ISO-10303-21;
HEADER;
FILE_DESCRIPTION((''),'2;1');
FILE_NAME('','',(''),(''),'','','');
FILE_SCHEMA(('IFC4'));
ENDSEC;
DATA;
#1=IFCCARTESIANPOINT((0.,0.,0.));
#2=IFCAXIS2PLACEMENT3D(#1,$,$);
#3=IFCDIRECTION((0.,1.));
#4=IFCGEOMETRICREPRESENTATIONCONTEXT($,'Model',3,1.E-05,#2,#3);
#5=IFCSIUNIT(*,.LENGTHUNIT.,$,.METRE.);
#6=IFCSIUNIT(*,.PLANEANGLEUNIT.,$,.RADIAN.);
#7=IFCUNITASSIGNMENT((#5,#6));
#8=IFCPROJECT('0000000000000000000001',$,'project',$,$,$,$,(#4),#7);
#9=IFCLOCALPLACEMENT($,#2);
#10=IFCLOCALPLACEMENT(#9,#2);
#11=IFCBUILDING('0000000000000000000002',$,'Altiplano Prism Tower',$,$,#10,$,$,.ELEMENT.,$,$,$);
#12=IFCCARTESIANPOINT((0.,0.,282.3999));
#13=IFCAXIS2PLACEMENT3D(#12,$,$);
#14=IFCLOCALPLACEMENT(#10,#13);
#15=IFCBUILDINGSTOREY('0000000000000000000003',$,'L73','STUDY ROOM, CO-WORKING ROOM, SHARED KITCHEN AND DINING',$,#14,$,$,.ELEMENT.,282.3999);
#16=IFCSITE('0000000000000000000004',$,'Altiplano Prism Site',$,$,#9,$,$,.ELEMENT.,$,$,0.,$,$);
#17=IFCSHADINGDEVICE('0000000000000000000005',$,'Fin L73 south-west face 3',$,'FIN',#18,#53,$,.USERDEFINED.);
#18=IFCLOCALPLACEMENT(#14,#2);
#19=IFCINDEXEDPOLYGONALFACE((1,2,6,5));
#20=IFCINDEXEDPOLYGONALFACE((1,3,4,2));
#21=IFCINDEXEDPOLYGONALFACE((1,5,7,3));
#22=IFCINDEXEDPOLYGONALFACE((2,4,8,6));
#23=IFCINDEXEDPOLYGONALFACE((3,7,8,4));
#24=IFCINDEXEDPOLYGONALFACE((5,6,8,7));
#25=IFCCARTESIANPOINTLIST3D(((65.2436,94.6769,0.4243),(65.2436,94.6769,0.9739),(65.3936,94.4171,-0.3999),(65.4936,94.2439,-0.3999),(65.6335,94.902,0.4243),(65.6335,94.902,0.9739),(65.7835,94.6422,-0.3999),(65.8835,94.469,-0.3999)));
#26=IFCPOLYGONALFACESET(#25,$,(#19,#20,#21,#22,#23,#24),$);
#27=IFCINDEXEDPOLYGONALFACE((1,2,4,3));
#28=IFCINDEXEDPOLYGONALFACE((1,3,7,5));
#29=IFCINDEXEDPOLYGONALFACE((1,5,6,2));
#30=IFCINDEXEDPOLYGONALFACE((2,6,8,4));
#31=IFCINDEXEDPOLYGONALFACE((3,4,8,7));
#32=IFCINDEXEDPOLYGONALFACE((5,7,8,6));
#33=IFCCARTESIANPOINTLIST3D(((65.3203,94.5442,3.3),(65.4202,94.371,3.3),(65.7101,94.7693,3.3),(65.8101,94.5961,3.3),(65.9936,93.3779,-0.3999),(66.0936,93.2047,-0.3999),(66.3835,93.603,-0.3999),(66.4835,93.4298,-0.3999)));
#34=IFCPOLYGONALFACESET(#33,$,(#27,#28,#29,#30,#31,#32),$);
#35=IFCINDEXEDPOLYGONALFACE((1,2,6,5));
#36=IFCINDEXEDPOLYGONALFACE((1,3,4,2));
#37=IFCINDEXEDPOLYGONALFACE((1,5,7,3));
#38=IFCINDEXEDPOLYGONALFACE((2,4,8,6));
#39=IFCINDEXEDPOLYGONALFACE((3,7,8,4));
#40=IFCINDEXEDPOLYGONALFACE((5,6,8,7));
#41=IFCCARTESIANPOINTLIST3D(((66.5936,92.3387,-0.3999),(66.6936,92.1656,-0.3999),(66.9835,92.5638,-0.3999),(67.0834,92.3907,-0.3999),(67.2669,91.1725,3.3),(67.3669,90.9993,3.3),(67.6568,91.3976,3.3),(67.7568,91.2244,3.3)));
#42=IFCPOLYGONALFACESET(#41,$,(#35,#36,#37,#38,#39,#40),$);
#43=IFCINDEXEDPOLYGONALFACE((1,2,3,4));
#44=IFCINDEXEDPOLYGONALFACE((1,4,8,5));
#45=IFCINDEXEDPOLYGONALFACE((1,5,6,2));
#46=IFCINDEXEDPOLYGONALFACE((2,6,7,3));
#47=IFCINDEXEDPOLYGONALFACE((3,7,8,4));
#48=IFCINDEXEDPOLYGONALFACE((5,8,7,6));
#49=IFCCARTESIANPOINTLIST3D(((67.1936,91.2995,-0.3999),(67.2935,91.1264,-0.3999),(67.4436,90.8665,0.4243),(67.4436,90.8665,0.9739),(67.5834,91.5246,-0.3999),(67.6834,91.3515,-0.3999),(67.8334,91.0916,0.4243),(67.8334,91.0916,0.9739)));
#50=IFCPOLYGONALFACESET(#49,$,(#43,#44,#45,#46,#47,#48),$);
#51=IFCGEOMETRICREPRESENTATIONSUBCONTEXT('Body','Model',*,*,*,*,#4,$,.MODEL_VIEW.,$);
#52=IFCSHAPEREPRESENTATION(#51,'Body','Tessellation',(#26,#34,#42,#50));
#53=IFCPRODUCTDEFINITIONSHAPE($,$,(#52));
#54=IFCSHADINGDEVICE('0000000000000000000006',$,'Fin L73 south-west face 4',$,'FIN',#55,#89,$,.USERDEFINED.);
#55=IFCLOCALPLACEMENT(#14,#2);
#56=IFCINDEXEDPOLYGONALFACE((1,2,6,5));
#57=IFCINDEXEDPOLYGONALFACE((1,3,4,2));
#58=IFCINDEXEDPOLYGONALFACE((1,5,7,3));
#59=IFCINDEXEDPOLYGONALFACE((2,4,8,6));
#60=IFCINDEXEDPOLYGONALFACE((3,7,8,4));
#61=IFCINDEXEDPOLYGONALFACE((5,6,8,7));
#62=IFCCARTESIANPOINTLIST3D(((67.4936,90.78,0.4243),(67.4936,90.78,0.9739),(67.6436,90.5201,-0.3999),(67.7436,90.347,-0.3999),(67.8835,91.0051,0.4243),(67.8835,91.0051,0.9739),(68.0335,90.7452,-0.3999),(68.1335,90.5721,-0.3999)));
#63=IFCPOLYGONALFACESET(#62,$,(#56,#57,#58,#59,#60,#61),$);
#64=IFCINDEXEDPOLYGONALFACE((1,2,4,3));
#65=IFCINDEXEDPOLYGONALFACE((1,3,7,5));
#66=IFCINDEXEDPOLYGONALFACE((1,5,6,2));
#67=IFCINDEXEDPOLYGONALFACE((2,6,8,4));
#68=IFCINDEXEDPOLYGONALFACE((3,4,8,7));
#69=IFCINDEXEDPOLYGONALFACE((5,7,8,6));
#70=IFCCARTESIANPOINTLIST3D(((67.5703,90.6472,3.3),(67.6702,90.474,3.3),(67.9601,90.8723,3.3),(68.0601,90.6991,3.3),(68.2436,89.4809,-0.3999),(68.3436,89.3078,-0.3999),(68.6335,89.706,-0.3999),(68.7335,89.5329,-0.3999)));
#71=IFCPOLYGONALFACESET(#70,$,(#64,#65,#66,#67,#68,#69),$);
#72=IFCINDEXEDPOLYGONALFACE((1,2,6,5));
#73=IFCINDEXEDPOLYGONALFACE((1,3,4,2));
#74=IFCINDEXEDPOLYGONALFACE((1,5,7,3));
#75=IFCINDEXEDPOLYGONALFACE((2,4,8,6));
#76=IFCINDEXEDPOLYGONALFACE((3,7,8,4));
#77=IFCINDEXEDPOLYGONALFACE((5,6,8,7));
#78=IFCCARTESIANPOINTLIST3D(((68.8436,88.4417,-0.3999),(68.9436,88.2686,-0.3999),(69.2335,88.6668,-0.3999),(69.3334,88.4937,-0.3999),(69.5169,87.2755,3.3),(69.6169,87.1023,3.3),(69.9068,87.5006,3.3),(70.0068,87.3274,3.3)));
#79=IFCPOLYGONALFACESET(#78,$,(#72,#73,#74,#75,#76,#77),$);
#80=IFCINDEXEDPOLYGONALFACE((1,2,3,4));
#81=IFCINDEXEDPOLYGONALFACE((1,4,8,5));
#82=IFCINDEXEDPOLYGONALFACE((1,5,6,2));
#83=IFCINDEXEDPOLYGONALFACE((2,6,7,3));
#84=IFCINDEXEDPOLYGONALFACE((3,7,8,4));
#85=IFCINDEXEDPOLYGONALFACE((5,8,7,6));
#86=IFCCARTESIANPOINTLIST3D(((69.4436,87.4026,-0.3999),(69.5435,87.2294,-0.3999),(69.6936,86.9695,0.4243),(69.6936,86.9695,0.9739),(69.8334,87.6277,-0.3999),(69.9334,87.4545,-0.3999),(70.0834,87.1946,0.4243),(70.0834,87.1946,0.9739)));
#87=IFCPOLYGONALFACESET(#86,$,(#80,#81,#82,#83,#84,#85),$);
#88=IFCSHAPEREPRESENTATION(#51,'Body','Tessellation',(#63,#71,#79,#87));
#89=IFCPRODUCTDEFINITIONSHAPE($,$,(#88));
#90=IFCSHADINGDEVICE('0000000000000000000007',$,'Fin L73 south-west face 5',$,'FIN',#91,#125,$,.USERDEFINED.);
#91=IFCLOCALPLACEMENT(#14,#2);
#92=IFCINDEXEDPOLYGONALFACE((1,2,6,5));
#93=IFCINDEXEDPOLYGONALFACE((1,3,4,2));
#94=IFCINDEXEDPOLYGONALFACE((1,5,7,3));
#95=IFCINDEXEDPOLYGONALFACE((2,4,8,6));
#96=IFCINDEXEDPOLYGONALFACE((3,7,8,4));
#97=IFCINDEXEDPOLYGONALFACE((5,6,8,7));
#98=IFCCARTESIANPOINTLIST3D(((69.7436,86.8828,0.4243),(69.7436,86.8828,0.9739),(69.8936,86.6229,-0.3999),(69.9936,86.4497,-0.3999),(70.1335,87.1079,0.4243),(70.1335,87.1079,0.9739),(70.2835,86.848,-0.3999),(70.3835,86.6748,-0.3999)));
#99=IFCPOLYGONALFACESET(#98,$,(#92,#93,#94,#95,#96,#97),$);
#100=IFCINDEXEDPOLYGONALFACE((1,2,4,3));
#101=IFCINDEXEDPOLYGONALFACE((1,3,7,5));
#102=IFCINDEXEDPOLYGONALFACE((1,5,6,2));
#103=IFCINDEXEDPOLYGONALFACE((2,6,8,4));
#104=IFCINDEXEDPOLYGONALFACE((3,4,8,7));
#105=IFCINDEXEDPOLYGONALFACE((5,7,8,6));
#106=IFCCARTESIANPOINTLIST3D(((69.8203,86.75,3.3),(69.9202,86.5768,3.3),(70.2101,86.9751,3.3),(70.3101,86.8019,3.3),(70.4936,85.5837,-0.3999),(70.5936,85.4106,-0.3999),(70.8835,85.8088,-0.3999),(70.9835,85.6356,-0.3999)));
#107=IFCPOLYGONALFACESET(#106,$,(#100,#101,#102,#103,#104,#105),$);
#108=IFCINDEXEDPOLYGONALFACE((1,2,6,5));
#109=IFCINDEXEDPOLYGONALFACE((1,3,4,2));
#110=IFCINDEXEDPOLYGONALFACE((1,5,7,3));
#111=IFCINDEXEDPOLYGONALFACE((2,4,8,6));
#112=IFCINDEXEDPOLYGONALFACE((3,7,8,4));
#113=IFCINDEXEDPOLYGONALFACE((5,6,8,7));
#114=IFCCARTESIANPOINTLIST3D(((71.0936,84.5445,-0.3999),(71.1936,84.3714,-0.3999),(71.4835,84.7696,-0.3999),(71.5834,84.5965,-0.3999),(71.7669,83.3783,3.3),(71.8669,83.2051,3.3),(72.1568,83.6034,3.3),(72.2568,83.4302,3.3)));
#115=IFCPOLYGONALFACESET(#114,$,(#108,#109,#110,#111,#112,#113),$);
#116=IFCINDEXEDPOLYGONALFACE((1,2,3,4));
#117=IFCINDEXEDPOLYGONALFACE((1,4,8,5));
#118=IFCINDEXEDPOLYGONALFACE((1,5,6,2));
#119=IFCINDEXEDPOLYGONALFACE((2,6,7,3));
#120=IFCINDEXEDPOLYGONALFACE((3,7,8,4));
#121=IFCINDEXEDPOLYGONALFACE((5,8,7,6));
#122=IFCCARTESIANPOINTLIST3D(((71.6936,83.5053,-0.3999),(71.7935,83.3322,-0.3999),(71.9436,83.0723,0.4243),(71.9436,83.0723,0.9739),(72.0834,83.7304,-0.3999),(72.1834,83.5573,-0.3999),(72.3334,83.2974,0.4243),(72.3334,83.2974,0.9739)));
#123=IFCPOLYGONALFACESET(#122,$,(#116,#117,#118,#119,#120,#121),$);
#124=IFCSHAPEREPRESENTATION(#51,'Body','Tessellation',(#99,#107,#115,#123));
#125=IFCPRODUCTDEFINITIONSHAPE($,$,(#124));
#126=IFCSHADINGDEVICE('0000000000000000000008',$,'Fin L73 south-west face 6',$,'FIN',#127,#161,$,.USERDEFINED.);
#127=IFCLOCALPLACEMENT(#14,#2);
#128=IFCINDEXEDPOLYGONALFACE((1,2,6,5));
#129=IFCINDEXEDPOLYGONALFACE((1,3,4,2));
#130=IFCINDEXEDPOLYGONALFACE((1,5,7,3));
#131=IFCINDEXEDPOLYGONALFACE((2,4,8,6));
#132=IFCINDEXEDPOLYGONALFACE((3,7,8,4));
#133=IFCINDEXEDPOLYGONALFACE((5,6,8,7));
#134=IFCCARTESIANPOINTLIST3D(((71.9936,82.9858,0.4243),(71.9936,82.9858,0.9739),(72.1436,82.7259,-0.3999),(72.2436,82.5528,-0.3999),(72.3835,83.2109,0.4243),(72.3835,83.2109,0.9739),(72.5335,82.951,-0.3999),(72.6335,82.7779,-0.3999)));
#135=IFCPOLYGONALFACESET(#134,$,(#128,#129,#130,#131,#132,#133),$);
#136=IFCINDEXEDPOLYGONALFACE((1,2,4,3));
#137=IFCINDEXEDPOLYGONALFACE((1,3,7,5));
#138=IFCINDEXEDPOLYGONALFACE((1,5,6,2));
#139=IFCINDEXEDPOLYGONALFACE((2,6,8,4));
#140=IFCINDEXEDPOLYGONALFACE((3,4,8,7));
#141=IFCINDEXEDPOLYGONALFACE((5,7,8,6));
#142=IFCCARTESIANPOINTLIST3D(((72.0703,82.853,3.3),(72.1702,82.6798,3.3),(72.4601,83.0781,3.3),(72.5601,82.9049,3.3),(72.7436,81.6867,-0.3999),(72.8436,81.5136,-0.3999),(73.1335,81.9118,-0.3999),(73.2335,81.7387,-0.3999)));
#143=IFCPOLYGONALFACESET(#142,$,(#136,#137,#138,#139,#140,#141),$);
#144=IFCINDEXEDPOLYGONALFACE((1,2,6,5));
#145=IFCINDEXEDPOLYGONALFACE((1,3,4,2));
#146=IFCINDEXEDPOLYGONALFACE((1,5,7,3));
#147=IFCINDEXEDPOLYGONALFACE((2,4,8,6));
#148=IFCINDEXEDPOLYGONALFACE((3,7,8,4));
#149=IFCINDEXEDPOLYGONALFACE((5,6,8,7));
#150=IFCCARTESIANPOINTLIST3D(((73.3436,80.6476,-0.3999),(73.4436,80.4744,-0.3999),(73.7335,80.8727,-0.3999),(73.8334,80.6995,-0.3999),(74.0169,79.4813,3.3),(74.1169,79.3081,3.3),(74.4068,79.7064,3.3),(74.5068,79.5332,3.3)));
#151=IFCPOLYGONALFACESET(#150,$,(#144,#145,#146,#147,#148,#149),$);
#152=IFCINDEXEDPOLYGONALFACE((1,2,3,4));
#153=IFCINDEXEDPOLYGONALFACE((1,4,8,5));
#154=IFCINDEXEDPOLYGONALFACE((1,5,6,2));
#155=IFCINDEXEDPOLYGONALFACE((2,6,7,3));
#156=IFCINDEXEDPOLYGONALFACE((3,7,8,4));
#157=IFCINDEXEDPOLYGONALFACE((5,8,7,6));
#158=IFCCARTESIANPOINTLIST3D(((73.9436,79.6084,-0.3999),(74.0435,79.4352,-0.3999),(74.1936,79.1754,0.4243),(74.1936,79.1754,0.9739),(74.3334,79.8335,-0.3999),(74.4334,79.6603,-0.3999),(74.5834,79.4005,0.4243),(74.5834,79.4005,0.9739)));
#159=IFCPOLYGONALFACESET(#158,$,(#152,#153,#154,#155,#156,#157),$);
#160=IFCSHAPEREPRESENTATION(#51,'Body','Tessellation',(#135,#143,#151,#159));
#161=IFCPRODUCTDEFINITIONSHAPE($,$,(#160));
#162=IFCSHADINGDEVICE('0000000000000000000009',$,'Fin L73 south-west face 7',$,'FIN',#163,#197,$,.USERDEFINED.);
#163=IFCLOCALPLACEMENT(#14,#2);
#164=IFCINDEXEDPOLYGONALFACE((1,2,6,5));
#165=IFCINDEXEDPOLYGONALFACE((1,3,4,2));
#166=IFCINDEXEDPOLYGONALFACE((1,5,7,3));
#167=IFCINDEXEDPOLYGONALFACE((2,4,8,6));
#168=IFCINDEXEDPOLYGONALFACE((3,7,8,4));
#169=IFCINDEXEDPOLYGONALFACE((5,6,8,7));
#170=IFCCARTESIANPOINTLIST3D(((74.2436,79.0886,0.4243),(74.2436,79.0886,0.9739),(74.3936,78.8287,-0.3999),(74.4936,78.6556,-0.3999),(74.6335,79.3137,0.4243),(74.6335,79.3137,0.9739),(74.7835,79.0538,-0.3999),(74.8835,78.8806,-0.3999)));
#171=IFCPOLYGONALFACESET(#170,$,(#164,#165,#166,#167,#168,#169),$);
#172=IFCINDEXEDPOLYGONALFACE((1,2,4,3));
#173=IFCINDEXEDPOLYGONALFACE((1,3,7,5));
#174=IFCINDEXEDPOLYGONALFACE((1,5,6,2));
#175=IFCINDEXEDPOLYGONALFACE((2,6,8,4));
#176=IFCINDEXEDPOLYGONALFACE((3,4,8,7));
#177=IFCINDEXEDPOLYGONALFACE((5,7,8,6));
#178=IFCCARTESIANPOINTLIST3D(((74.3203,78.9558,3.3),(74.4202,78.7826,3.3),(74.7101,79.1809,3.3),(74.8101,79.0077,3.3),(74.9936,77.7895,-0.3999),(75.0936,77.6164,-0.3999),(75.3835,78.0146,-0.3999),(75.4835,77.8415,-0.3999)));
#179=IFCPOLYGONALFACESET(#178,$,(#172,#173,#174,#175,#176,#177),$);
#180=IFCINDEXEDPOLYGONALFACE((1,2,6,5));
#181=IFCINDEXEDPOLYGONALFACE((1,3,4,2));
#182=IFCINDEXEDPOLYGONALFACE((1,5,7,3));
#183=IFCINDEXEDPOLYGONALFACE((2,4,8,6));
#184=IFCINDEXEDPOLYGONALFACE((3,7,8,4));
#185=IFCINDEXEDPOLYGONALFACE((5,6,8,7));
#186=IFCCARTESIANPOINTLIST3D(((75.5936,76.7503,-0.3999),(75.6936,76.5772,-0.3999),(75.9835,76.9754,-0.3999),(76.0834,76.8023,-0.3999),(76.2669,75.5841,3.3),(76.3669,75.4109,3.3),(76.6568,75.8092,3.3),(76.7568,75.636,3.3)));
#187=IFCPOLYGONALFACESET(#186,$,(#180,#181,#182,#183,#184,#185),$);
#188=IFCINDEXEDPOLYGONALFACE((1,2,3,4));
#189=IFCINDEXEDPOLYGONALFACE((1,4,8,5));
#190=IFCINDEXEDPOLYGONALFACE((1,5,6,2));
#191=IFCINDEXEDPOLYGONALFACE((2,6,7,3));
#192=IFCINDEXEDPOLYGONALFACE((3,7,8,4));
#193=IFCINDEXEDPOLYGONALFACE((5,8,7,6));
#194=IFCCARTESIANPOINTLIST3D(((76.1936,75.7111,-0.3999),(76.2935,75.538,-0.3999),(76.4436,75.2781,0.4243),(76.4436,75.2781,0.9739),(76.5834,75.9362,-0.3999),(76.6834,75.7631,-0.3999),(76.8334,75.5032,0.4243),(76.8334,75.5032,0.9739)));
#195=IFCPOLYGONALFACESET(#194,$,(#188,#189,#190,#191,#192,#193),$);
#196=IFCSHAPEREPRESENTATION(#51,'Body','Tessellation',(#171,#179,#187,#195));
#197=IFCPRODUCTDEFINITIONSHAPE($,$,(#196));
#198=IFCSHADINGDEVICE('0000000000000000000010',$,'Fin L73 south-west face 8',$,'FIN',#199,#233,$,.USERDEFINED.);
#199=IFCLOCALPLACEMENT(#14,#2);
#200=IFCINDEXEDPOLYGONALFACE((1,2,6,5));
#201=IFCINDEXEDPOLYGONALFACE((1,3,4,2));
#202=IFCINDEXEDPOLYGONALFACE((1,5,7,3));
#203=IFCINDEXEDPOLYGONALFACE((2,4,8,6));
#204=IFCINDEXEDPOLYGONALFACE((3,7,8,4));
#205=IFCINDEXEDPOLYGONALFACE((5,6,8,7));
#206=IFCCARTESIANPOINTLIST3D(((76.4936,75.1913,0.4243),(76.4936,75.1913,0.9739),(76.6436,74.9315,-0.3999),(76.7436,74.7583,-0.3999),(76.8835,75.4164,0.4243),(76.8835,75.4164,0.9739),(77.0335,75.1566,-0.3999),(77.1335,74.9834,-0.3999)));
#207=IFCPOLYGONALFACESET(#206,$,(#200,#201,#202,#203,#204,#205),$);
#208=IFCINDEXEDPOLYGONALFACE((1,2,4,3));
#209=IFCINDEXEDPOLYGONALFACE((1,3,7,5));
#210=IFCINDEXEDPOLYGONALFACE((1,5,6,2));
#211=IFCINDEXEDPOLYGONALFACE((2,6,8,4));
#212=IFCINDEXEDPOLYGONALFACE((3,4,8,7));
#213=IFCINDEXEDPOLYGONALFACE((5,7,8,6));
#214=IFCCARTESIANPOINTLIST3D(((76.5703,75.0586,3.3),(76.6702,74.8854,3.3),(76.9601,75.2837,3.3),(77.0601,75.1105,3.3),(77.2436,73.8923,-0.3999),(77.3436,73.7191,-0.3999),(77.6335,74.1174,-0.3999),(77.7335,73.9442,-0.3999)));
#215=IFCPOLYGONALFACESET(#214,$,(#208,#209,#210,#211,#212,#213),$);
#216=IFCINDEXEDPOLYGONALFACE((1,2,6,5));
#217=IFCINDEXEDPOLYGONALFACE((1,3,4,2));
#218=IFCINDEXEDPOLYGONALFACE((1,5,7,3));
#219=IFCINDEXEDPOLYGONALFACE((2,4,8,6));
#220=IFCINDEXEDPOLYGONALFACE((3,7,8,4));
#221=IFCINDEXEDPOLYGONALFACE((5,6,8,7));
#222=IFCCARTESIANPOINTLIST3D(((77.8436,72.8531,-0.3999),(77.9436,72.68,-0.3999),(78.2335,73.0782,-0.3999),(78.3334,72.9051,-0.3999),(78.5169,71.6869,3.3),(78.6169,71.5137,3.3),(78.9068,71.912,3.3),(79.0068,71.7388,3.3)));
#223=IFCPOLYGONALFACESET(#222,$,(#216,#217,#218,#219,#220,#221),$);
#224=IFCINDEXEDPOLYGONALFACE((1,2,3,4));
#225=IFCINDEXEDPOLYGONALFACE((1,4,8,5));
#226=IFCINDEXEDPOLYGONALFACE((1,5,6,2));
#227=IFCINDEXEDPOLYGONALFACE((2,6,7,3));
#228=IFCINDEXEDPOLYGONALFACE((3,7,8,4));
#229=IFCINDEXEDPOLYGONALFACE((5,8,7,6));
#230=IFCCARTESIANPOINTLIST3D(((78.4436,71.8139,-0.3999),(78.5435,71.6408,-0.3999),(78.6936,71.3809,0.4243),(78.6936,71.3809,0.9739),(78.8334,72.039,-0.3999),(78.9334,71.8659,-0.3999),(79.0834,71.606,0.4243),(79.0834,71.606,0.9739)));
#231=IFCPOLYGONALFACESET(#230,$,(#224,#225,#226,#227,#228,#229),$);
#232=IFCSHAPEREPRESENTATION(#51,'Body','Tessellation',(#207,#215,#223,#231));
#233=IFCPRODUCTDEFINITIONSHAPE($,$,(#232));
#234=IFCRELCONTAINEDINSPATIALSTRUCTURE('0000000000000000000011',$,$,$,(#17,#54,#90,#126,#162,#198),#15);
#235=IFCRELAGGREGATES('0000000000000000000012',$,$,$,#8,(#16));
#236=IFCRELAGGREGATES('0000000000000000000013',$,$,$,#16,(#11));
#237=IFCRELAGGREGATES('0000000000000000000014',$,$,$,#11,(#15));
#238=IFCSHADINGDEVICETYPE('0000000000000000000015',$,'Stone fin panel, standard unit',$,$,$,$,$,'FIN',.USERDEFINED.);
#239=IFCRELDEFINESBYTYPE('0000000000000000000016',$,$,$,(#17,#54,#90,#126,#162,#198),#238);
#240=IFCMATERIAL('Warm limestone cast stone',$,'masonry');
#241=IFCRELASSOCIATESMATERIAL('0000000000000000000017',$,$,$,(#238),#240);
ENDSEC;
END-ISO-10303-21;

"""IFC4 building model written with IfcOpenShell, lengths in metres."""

from ifc_helpers import new_model, si_unit, direction, frame, origin, place, context, subcontext, project, spatial, polyline, outline, extrude, source, transform, mapped, material, type_object, element, save


model = new_model("IFC4")

# Units and contexts
model_context = context("Model", 3, precision=1e-05, world=origin(), true_north=direction((0.0, 1.0)))
body_context = subcontext(model_context, "Body", "Model", "MODEL_VIEW")
ifc_project = project(units=[si_unit("LENGTHUNIT", "METRE"), si_unit("PLANEANGLEUNIT", "RADIAN")], contexts=[model_context])

# Site, building, storey
site_placement = place(None, origin())
site = spatial("IfcSite", under=ifc_project, at=site_placement, Name="Altiplano Prism Site", CompositionType="ELEMENT", RefElevation=0.0)
building_placement = place(site_placement, origin())
building = spatial("IfcBuilding", under=site, at=building_placement, Name="Altiplano Prism Tower", CompositionType="ELEMENT")
storey_placement = place(building_placement, frame((0.0, 0.0, 282.3999)))
storey = spatial("IfcBuildingStorey", under=building, at=storey_placement, Name="L73", Description="STUDY ROOM, CO-WORKING ROOM, SHARED KITCHEN AND DINING", CompositionType="ELEMENT", Elevation=282.3999)

# Shading devices
ifc_material_1 = material(Name="Warm limestone cast stone", Category="masonry")
shading_device_type_1 = type_object("IfcShadingDeviceType", Name="Stone fin panel, standard unit", ElementType="FIN", PredefinedType="USERDEFINED", material=ifc_material_1)
shared_shape_1 = source(origin(), body_context, "Body", "SweptSolid", [
    extrude(outline(polyline([(-2.2, 1.3738), (-2.2, 0.8242), (-1.8999, 0.0), (-1.7, 0.0), (-2.2, 1.3738)])), frame((0.0, -0.1499, 0.0), z_axis=(0.0, -1.0, 0.0), x_axis=(1.0, 0.0, 0.0)), (0.0, 0.0, 1.0), 0.4502),
    extrude(outline(polyline([(-2.0466, 3.7), (-0.7, 0.0), (-0.5, 0.0), (-1.8467, 3.7), (-2.0466, 3.7)])), frame((0.0, -0.1499, 0.0), z_axis=(0.0, -1.0, 0.0), x_axis=(1.0, 0.0, 0.0)), (0.0, 0.0, 1.0), 0.4502),
    extrude(outline(polyline([(1.8467, 3.7), (0.5, 0.0), (0.7, 0.0), (2.0466, 3.7), (1.8467, 3.7)])), frame((0.0, -0.1499, 0.0), z_axis=(0.0, -1.0, 0.0), x_axis=(1.0, 0.0, 0.0)), (0.0, 0.0, 1.0), 0.4502),
    extrude(outline(polyline([(2.2, 0.8242), (2.2, 1.3738), (1.7, 0.0), (1.8999, 0.0), (2.2, 0.8242)])), frame((0.0, -0.1499, 0.0), z_axis=(0.0, -1.0, 0.0), x_axis=(1.0, 0.0, 0.0)), (0.0, 0.0, 1.0), 0.4502),
])
shading_device_1_placement = place(storey_placement, origin())
element("IfcShadingDevice", 1, at=shading_device_1_placement, inside=storey, type_object=shading_device_type_1, Name="Fin L73 south-west face 3", ObjectType="FIN", PredefinedType="USERDEFINED", context=body_context, shape_type="MappedRepresentation", body=[
    mapped(shared_shape_1, transform((66.8633, 93.0718, -0.3999), x_axis=(0.5, -0.866025, 0.0), y_axis=(0.866025, 0.5, 0.0), z_axis=(0.0, 0.0, 1.0))),
])
shading_device_2_placement = place(storey_placement, origin())
element("IfcShadingDevice", 2, at=shading_device_2_placement, inside=storey, type_object=shading_device_type_1, Name="Fin L73 south-west face 4", ObjectType="FIN", PredefinedType="USERDEFINED", context=body_context, shape_type="MappedRepresentation", body=[
    mapped(shared_shape_1, transform((69.1133, 89.1748, -0.3999), x_axis=(0.5, -0.866025, 0.0), y_axis=(0.866025, 0.5, 0.0), z_axis=(0.0, 0.0, 1.0))),
])
shading_device_3_placement = place(storey_placement, origin())
element("IfcShadingDevice", 3, at=shading_device_3_placement, inside=storey, type_object=shading_device_type_1, Name="Fin L73 south-west face 5", ObjectType="FIN", PredefinedType="USERDEFINED", context=body_context, shape_type="MappedRepresentation", body=[
    mapped(shared_shape_1, transform((71.3633, 85.2776, -0.3999), x_axis=(0.5, -0.866025, 0.0), y_axis=(0.866025, 0.5, 0.0), z_axis=(0.0, 0.0, 1.0))),
])
shading_device_4_placement = place(storey_placement, origin())
element("IfcShadingDevice", 4, at=shading_device_4_placement, inside=storey, type_object=shading_device_type_1, Name="Fin L73 south-west face 6", ObjectType="FIN", PredefinedType="USERDEFINED", context=body_context, shape_type="MappedRepresentation", body=[
    mapped(shared_shape_1, transform((73.6133, 81.3806, -0.3999), x_axis=(0.5, -0.866025, 0.0), y_axis=(0.866025, 0.5, 0.0), z_axis=(0.0, 0.0, 1.0))),
])
shading_device_5_placement = place(storey_placement, origin())
element("IfcShadingDevice", 5, at=shading_device_5_placement, inside=storey, type_object=shading_device_type_1, Name="Fin L73 south-west face 7", ObjectType="FIN", PredefinedType="USERDEFINED", context=body_context, shape_type="MappedRepresentation", body=[
    mapped(shared_shape_1, transform((75.8633, 77.4834, -0.3999), x_axis=(0.5, -0.866025, 0.0), y_axis=(0.866025, 0.5, 0.0), z_axis=(0.0, 0.0, 1.0))),
])
shading_device_6_placement = place(storey_placement, origin())
element("IfcShadingDevice", 6, at=shading_device_6_placement, inside=storey, type_object=shading_device_type_1, Name="Fin L73 south-west face 8", ObjectType="FIN", PredefinedType="USERDEFINED", context=body_context, shape_type="MappedRepresentation", body=[
    mapped(shared_shape_1, transform((78.1133, 73.5862, -0.3999), x_axis=(0.5, -0.866025, 0.0), y_axis=(0.866025, 0.5, 0.0), z_axis=(0.0, 0.0, 1.0))),
])

save(model, "model.ifc")
